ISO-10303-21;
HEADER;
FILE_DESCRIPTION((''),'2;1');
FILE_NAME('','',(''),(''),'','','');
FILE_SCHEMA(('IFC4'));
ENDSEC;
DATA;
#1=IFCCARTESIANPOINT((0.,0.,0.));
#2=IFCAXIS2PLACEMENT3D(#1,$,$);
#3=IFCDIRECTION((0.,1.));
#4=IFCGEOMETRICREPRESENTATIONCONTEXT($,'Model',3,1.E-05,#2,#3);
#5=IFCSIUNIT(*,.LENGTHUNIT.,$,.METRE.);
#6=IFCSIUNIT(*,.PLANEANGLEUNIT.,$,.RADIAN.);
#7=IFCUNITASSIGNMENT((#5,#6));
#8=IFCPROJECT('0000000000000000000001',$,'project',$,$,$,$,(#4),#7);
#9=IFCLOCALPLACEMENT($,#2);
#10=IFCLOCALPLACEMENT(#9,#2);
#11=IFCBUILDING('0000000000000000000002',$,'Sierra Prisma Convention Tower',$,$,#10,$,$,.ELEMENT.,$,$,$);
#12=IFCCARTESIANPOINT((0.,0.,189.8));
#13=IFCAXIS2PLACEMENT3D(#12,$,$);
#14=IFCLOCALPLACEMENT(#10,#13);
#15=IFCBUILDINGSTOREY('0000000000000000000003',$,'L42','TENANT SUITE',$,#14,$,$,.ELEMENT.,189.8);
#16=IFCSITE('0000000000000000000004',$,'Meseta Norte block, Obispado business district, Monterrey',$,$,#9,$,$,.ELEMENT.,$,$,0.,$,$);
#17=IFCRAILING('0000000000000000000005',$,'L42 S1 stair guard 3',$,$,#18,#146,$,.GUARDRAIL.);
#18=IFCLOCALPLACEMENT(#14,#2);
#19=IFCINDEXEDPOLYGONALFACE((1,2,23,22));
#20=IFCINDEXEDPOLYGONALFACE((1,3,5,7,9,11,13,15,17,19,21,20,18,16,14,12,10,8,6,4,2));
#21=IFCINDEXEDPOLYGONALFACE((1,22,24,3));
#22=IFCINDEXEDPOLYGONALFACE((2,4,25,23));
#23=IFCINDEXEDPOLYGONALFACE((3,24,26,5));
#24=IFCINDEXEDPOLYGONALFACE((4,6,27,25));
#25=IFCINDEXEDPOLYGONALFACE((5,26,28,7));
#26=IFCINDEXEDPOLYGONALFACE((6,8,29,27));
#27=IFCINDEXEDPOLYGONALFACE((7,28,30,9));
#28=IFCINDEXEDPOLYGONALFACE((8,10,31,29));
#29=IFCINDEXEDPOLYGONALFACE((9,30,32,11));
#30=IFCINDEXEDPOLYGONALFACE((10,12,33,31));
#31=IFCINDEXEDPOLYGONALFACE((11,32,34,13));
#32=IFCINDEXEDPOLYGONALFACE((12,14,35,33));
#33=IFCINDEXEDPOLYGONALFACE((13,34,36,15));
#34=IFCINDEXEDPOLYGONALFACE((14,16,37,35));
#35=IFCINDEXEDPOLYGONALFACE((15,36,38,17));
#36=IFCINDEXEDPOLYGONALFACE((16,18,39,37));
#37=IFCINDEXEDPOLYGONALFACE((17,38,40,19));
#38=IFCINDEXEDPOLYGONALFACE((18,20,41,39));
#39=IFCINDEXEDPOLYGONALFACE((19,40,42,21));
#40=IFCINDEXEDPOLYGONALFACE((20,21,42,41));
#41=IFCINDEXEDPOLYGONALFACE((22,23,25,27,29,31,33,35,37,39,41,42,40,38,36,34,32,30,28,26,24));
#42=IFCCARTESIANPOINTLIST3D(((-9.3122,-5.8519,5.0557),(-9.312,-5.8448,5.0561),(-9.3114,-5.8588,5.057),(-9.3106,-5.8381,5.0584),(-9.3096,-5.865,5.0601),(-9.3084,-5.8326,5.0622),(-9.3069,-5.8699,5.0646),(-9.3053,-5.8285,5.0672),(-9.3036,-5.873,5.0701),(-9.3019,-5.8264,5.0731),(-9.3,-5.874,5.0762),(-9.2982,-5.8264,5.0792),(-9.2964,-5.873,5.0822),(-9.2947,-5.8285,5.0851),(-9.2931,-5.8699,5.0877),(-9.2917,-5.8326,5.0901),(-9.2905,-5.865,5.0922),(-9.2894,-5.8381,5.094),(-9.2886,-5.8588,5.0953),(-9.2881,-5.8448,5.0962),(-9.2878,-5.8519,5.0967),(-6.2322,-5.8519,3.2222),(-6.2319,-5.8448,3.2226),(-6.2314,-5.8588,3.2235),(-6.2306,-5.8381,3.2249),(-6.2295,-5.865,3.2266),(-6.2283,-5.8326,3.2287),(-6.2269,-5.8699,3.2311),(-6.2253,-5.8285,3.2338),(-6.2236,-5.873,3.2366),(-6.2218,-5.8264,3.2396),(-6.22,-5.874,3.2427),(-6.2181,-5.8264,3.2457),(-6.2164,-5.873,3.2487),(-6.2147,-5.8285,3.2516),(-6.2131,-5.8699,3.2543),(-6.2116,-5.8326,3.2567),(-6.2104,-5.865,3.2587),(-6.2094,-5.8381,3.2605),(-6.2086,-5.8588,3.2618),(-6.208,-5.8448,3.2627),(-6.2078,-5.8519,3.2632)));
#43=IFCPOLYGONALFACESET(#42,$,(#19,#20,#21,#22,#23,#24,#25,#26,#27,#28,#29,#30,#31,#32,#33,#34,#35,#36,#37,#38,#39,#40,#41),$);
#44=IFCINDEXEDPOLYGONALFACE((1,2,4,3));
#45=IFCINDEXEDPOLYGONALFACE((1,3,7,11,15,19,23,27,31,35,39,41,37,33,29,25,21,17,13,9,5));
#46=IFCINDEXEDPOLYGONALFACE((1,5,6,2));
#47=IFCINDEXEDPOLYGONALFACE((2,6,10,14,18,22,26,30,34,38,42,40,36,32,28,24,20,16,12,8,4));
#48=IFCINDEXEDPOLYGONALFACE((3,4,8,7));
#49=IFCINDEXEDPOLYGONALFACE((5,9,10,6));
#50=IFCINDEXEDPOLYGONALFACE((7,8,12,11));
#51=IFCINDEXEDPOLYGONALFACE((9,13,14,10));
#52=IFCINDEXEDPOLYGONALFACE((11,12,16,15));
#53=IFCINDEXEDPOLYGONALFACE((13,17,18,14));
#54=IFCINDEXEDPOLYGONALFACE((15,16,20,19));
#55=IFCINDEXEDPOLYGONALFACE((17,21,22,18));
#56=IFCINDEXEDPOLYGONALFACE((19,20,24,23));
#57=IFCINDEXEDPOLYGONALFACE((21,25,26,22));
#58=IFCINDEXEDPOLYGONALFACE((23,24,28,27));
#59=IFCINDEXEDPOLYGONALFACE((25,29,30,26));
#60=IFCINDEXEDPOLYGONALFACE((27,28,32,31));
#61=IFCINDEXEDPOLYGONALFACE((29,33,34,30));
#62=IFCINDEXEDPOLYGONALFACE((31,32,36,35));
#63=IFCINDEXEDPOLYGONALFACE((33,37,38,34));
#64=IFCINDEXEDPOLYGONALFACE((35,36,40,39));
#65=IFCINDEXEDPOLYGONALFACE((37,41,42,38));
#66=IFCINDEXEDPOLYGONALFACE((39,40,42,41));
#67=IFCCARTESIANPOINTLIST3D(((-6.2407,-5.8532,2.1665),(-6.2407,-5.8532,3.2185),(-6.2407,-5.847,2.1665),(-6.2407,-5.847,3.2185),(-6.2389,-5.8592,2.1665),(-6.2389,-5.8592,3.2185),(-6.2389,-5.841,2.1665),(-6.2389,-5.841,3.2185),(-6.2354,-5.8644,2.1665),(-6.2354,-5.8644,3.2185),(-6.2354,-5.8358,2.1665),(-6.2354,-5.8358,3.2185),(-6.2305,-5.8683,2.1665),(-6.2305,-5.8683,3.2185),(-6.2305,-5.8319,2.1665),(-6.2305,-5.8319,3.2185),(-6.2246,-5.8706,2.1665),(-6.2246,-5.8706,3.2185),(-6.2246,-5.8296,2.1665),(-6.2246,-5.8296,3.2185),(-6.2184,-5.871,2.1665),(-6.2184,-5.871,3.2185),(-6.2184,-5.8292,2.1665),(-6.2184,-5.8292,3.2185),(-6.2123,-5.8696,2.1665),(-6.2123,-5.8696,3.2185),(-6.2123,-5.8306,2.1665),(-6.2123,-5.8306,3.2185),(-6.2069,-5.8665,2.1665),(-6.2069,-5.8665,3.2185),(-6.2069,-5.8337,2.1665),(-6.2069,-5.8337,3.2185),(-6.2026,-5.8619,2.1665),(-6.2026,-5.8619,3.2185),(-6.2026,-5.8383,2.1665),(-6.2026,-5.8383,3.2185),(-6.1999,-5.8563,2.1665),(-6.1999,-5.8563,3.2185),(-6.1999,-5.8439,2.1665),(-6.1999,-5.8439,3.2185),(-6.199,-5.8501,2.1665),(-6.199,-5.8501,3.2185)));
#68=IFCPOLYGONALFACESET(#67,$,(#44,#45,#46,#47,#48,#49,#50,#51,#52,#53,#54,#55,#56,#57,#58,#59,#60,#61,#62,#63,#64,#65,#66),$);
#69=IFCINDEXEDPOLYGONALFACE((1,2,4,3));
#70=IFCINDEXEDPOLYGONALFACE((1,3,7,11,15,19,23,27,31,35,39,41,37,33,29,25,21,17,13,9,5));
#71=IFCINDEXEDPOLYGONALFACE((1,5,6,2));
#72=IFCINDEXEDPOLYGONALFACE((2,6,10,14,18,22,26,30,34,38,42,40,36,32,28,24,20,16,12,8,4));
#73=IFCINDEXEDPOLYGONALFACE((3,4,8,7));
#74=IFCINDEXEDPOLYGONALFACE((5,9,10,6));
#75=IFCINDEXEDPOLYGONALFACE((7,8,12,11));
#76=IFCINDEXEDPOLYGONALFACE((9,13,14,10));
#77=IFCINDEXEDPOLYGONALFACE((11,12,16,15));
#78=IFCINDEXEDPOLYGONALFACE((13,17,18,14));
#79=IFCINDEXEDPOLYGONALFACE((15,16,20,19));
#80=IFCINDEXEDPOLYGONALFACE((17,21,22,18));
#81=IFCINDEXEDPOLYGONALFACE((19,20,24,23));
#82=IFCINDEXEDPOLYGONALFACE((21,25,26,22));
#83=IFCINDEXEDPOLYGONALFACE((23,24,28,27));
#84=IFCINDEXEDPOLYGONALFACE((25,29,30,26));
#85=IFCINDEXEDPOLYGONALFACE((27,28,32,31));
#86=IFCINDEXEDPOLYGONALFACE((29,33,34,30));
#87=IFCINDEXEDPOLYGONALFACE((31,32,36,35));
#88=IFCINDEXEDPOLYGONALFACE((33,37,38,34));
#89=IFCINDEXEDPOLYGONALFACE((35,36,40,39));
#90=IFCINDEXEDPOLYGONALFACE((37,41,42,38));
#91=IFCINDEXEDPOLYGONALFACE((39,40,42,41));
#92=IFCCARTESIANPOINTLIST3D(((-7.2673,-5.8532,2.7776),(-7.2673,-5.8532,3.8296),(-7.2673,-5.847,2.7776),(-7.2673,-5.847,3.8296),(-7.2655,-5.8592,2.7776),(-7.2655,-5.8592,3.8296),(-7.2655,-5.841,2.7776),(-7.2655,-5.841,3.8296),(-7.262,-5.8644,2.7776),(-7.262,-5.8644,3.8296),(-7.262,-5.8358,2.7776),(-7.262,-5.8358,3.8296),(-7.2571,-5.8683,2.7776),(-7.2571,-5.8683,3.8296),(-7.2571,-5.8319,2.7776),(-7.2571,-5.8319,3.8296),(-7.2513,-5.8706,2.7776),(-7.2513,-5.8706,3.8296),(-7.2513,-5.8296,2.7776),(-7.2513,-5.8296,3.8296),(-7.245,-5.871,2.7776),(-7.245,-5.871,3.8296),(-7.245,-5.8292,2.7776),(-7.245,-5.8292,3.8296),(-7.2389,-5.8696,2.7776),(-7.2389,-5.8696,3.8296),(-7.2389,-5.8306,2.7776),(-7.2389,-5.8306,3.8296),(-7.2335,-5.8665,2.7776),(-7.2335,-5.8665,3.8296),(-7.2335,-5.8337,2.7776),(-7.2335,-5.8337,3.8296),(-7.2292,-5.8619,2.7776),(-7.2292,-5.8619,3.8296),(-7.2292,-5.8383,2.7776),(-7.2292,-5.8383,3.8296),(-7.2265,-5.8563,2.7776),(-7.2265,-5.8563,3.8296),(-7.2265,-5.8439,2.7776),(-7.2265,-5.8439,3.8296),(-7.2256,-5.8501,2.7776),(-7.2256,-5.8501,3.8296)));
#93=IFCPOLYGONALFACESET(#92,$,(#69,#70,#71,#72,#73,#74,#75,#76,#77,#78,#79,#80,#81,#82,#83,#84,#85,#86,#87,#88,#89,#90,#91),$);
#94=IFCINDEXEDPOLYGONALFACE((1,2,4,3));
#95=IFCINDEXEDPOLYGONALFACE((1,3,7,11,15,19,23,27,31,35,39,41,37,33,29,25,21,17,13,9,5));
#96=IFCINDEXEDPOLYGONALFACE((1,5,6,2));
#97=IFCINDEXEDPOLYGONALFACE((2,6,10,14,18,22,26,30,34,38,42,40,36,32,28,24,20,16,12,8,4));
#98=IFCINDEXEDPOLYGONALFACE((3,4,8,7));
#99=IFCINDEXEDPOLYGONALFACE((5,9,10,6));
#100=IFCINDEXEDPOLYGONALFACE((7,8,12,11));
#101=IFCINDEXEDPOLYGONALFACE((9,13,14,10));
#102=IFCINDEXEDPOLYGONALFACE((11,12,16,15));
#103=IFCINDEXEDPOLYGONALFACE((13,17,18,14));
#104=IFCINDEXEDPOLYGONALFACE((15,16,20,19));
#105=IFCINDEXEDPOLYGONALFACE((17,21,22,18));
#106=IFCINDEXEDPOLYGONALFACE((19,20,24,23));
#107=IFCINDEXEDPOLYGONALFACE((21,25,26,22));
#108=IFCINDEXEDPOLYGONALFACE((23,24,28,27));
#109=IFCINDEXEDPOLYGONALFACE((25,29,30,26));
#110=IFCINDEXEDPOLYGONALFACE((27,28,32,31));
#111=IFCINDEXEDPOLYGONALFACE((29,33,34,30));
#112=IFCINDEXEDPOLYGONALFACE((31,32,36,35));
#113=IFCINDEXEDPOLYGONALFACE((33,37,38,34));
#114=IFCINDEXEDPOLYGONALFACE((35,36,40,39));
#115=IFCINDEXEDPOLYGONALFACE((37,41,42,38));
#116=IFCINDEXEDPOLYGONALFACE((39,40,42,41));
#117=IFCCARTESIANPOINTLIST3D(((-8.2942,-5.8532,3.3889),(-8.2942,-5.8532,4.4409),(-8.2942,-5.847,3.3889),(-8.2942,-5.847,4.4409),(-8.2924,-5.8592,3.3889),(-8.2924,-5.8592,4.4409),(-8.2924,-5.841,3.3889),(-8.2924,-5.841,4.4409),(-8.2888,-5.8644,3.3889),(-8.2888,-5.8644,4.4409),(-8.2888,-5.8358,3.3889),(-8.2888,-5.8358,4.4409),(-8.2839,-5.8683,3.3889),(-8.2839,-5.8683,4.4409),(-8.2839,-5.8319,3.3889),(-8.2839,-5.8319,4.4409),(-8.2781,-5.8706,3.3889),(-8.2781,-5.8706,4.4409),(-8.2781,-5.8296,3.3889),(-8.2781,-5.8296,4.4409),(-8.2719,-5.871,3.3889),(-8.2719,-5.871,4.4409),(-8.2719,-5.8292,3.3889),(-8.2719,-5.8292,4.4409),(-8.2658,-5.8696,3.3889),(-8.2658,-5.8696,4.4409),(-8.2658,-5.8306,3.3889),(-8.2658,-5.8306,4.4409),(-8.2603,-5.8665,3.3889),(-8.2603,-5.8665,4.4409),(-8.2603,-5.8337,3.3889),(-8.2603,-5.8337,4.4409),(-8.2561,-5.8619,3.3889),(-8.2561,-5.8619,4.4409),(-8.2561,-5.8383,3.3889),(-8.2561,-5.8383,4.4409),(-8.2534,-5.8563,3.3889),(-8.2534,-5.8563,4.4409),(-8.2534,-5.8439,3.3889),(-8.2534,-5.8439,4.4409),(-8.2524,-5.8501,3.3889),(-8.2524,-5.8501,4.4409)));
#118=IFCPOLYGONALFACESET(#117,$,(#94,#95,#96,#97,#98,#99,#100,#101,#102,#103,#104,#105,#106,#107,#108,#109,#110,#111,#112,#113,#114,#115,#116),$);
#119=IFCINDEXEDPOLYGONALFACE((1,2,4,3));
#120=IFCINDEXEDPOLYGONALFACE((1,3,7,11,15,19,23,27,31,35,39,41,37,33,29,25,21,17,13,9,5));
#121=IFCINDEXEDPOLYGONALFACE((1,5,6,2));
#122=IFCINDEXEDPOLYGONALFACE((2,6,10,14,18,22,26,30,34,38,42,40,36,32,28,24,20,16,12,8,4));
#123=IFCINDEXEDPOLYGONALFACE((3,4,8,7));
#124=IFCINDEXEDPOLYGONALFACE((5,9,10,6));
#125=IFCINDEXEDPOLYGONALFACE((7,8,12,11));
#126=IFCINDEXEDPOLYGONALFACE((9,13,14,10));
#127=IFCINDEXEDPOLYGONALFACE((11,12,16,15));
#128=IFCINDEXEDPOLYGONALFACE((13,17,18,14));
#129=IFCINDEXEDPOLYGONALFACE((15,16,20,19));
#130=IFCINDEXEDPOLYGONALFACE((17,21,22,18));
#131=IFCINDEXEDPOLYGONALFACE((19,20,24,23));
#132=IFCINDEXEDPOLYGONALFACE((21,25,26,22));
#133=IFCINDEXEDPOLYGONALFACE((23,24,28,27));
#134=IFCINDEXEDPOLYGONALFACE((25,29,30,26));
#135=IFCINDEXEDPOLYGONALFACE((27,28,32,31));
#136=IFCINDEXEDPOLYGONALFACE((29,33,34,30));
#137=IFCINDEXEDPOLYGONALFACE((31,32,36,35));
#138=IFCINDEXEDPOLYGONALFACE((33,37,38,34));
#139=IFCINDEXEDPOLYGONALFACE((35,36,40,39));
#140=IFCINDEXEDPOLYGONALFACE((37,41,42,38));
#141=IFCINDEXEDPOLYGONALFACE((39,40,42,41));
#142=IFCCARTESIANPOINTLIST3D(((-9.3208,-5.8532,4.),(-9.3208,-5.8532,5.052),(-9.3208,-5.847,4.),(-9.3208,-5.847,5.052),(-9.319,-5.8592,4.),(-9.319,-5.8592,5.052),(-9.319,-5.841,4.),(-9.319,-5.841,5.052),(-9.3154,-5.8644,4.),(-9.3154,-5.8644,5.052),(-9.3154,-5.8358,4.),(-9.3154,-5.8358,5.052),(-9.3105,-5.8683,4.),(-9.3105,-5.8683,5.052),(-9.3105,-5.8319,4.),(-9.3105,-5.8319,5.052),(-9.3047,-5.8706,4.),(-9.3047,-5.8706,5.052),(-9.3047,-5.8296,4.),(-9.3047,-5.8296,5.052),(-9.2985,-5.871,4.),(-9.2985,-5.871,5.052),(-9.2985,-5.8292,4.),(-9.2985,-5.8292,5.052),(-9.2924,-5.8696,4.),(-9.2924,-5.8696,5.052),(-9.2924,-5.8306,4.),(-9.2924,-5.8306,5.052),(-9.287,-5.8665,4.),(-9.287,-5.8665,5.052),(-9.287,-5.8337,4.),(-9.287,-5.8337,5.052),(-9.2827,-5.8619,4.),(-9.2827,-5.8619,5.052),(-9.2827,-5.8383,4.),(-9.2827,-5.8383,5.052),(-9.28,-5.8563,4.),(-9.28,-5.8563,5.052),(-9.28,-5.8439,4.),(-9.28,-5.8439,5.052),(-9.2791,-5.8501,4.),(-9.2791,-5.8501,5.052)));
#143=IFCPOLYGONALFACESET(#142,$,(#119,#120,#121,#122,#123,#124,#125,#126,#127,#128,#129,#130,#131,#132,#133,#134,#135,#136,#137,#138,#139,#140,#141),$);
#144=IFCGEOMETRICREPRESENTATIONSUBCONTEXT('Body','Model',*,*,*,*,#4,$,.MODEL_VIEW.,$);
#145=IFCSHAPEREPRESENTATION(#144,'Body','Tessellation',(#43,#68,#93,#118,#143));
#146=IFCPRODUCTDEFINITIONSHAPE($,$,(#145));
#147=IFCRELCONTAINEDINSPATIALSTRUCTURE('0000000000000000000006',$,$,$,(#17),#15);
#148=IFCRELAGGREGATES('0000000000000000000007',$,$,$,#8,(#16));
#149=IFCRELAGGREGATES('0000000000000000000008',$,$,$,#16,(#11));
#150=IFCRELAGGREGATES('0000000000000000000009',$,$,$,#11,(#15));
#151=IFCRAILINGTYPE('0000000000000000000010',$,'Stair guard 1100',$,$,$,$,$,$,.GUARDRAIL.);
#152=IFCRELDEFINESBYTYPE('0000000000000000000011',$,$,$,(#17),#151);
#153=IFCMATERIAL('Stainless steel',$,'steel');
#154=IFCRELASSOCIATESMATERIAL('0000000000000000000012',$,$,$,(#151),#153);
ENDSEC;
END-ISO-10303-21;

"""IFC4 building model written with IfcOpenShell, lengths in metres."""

from ifc_helpers import new_model, si_unit, direction, frame, origin, origin_2d, place, context, subcontext, project, spatial, circle, extrude, material, type_object, element, save


model = new_model("IFC4")

# Units and contexts
model_context = context("Model", 3, precision=1e-05, world=origin(), true_north=direction((0.0, 1.0)))
body_context = subcontext(model_context, "Body", "Model", "MODEL_VIEW")
ifc_project = project(units=[si_unit("LENGTHUNIT", "METRE"), si_unit("PLANEANGLEUNIT", "RADIAN")], contexts=[model_context])

# Site, building, storey
site_placement = place(None, origin())
site = spatial("IfcSite", under=ifc_project, at=site_placement, Name="Meseta Norte block, Obispado business district, Monterrey", CompositionType="ELEMENT", RefElevation=0.0)
building_placement = place(site_placement, origin())
building = spatial("IfcBuilding", under=site, at=building_placement, Name="Sierra Prisma Convention Tower", CompositionType="ELEMENT")
storey_placement = place(building_placement, frame((0.0, 0.0, 189.8)))
storey = spatial("IfcBuildingStorey", under=building, at=storey_placement, Name="L42", Description="TENANT SUITE", CompositionType="ELEMENT", Elevation=189.8)

# Railing
ifc_material_1 = material(Name="Stainless steel", Category="steel")
railing_type_1 = type_object("IfcRailingType", Name="Stair guard 1100", PredefinedType="GUARDRAIL", material=ifc_material_1)
railing_1_placement = place(storey_placement, frame((-6.22, -5.8501, 2.1665)))
element("IfcRailing", 1, at=railing_1_placement, inside=storey, type_object=railing_type_1, Name="L42 S1 stair guard 3", PredefinedType="GUARDRAIL", context=body_context, shape_type="SweptSolid", body=[
    extrude(circle(Radius=0.0239, at=origin_2d()), frame((0.0, 0.0, 1.0762), z_axis=(-0.859279, 0.0, 0.511508), x_axis=(0.0, -1.0, 0.0)), (0.0, 0.0, 1.0), 3.5845),
    extrude(circle(Radius=0.021, at=origin_2d()), origin(), (0.0, 0.0, 1.0), 1.052),
    extrude(circle(Radius=0.021, at=origin_2d()), frame((-1.0266, 0.0, 0.6111)), (0.0, 0.0, 1.0), 1.052),
    extrude(circle(Radius=0.021, at=origin_2d()), frame((-2.0535, 0.0, 1.2224)), (0.0, 0.0, 1.0), 1.052),
    extrude(circle(Radius=0.021, at=origin_2d()), frame((-3.0801, 0.0, 1.8335)), (0.0, 0.0, 1.0), 1.052),
])

save(model, "model.ifc")
